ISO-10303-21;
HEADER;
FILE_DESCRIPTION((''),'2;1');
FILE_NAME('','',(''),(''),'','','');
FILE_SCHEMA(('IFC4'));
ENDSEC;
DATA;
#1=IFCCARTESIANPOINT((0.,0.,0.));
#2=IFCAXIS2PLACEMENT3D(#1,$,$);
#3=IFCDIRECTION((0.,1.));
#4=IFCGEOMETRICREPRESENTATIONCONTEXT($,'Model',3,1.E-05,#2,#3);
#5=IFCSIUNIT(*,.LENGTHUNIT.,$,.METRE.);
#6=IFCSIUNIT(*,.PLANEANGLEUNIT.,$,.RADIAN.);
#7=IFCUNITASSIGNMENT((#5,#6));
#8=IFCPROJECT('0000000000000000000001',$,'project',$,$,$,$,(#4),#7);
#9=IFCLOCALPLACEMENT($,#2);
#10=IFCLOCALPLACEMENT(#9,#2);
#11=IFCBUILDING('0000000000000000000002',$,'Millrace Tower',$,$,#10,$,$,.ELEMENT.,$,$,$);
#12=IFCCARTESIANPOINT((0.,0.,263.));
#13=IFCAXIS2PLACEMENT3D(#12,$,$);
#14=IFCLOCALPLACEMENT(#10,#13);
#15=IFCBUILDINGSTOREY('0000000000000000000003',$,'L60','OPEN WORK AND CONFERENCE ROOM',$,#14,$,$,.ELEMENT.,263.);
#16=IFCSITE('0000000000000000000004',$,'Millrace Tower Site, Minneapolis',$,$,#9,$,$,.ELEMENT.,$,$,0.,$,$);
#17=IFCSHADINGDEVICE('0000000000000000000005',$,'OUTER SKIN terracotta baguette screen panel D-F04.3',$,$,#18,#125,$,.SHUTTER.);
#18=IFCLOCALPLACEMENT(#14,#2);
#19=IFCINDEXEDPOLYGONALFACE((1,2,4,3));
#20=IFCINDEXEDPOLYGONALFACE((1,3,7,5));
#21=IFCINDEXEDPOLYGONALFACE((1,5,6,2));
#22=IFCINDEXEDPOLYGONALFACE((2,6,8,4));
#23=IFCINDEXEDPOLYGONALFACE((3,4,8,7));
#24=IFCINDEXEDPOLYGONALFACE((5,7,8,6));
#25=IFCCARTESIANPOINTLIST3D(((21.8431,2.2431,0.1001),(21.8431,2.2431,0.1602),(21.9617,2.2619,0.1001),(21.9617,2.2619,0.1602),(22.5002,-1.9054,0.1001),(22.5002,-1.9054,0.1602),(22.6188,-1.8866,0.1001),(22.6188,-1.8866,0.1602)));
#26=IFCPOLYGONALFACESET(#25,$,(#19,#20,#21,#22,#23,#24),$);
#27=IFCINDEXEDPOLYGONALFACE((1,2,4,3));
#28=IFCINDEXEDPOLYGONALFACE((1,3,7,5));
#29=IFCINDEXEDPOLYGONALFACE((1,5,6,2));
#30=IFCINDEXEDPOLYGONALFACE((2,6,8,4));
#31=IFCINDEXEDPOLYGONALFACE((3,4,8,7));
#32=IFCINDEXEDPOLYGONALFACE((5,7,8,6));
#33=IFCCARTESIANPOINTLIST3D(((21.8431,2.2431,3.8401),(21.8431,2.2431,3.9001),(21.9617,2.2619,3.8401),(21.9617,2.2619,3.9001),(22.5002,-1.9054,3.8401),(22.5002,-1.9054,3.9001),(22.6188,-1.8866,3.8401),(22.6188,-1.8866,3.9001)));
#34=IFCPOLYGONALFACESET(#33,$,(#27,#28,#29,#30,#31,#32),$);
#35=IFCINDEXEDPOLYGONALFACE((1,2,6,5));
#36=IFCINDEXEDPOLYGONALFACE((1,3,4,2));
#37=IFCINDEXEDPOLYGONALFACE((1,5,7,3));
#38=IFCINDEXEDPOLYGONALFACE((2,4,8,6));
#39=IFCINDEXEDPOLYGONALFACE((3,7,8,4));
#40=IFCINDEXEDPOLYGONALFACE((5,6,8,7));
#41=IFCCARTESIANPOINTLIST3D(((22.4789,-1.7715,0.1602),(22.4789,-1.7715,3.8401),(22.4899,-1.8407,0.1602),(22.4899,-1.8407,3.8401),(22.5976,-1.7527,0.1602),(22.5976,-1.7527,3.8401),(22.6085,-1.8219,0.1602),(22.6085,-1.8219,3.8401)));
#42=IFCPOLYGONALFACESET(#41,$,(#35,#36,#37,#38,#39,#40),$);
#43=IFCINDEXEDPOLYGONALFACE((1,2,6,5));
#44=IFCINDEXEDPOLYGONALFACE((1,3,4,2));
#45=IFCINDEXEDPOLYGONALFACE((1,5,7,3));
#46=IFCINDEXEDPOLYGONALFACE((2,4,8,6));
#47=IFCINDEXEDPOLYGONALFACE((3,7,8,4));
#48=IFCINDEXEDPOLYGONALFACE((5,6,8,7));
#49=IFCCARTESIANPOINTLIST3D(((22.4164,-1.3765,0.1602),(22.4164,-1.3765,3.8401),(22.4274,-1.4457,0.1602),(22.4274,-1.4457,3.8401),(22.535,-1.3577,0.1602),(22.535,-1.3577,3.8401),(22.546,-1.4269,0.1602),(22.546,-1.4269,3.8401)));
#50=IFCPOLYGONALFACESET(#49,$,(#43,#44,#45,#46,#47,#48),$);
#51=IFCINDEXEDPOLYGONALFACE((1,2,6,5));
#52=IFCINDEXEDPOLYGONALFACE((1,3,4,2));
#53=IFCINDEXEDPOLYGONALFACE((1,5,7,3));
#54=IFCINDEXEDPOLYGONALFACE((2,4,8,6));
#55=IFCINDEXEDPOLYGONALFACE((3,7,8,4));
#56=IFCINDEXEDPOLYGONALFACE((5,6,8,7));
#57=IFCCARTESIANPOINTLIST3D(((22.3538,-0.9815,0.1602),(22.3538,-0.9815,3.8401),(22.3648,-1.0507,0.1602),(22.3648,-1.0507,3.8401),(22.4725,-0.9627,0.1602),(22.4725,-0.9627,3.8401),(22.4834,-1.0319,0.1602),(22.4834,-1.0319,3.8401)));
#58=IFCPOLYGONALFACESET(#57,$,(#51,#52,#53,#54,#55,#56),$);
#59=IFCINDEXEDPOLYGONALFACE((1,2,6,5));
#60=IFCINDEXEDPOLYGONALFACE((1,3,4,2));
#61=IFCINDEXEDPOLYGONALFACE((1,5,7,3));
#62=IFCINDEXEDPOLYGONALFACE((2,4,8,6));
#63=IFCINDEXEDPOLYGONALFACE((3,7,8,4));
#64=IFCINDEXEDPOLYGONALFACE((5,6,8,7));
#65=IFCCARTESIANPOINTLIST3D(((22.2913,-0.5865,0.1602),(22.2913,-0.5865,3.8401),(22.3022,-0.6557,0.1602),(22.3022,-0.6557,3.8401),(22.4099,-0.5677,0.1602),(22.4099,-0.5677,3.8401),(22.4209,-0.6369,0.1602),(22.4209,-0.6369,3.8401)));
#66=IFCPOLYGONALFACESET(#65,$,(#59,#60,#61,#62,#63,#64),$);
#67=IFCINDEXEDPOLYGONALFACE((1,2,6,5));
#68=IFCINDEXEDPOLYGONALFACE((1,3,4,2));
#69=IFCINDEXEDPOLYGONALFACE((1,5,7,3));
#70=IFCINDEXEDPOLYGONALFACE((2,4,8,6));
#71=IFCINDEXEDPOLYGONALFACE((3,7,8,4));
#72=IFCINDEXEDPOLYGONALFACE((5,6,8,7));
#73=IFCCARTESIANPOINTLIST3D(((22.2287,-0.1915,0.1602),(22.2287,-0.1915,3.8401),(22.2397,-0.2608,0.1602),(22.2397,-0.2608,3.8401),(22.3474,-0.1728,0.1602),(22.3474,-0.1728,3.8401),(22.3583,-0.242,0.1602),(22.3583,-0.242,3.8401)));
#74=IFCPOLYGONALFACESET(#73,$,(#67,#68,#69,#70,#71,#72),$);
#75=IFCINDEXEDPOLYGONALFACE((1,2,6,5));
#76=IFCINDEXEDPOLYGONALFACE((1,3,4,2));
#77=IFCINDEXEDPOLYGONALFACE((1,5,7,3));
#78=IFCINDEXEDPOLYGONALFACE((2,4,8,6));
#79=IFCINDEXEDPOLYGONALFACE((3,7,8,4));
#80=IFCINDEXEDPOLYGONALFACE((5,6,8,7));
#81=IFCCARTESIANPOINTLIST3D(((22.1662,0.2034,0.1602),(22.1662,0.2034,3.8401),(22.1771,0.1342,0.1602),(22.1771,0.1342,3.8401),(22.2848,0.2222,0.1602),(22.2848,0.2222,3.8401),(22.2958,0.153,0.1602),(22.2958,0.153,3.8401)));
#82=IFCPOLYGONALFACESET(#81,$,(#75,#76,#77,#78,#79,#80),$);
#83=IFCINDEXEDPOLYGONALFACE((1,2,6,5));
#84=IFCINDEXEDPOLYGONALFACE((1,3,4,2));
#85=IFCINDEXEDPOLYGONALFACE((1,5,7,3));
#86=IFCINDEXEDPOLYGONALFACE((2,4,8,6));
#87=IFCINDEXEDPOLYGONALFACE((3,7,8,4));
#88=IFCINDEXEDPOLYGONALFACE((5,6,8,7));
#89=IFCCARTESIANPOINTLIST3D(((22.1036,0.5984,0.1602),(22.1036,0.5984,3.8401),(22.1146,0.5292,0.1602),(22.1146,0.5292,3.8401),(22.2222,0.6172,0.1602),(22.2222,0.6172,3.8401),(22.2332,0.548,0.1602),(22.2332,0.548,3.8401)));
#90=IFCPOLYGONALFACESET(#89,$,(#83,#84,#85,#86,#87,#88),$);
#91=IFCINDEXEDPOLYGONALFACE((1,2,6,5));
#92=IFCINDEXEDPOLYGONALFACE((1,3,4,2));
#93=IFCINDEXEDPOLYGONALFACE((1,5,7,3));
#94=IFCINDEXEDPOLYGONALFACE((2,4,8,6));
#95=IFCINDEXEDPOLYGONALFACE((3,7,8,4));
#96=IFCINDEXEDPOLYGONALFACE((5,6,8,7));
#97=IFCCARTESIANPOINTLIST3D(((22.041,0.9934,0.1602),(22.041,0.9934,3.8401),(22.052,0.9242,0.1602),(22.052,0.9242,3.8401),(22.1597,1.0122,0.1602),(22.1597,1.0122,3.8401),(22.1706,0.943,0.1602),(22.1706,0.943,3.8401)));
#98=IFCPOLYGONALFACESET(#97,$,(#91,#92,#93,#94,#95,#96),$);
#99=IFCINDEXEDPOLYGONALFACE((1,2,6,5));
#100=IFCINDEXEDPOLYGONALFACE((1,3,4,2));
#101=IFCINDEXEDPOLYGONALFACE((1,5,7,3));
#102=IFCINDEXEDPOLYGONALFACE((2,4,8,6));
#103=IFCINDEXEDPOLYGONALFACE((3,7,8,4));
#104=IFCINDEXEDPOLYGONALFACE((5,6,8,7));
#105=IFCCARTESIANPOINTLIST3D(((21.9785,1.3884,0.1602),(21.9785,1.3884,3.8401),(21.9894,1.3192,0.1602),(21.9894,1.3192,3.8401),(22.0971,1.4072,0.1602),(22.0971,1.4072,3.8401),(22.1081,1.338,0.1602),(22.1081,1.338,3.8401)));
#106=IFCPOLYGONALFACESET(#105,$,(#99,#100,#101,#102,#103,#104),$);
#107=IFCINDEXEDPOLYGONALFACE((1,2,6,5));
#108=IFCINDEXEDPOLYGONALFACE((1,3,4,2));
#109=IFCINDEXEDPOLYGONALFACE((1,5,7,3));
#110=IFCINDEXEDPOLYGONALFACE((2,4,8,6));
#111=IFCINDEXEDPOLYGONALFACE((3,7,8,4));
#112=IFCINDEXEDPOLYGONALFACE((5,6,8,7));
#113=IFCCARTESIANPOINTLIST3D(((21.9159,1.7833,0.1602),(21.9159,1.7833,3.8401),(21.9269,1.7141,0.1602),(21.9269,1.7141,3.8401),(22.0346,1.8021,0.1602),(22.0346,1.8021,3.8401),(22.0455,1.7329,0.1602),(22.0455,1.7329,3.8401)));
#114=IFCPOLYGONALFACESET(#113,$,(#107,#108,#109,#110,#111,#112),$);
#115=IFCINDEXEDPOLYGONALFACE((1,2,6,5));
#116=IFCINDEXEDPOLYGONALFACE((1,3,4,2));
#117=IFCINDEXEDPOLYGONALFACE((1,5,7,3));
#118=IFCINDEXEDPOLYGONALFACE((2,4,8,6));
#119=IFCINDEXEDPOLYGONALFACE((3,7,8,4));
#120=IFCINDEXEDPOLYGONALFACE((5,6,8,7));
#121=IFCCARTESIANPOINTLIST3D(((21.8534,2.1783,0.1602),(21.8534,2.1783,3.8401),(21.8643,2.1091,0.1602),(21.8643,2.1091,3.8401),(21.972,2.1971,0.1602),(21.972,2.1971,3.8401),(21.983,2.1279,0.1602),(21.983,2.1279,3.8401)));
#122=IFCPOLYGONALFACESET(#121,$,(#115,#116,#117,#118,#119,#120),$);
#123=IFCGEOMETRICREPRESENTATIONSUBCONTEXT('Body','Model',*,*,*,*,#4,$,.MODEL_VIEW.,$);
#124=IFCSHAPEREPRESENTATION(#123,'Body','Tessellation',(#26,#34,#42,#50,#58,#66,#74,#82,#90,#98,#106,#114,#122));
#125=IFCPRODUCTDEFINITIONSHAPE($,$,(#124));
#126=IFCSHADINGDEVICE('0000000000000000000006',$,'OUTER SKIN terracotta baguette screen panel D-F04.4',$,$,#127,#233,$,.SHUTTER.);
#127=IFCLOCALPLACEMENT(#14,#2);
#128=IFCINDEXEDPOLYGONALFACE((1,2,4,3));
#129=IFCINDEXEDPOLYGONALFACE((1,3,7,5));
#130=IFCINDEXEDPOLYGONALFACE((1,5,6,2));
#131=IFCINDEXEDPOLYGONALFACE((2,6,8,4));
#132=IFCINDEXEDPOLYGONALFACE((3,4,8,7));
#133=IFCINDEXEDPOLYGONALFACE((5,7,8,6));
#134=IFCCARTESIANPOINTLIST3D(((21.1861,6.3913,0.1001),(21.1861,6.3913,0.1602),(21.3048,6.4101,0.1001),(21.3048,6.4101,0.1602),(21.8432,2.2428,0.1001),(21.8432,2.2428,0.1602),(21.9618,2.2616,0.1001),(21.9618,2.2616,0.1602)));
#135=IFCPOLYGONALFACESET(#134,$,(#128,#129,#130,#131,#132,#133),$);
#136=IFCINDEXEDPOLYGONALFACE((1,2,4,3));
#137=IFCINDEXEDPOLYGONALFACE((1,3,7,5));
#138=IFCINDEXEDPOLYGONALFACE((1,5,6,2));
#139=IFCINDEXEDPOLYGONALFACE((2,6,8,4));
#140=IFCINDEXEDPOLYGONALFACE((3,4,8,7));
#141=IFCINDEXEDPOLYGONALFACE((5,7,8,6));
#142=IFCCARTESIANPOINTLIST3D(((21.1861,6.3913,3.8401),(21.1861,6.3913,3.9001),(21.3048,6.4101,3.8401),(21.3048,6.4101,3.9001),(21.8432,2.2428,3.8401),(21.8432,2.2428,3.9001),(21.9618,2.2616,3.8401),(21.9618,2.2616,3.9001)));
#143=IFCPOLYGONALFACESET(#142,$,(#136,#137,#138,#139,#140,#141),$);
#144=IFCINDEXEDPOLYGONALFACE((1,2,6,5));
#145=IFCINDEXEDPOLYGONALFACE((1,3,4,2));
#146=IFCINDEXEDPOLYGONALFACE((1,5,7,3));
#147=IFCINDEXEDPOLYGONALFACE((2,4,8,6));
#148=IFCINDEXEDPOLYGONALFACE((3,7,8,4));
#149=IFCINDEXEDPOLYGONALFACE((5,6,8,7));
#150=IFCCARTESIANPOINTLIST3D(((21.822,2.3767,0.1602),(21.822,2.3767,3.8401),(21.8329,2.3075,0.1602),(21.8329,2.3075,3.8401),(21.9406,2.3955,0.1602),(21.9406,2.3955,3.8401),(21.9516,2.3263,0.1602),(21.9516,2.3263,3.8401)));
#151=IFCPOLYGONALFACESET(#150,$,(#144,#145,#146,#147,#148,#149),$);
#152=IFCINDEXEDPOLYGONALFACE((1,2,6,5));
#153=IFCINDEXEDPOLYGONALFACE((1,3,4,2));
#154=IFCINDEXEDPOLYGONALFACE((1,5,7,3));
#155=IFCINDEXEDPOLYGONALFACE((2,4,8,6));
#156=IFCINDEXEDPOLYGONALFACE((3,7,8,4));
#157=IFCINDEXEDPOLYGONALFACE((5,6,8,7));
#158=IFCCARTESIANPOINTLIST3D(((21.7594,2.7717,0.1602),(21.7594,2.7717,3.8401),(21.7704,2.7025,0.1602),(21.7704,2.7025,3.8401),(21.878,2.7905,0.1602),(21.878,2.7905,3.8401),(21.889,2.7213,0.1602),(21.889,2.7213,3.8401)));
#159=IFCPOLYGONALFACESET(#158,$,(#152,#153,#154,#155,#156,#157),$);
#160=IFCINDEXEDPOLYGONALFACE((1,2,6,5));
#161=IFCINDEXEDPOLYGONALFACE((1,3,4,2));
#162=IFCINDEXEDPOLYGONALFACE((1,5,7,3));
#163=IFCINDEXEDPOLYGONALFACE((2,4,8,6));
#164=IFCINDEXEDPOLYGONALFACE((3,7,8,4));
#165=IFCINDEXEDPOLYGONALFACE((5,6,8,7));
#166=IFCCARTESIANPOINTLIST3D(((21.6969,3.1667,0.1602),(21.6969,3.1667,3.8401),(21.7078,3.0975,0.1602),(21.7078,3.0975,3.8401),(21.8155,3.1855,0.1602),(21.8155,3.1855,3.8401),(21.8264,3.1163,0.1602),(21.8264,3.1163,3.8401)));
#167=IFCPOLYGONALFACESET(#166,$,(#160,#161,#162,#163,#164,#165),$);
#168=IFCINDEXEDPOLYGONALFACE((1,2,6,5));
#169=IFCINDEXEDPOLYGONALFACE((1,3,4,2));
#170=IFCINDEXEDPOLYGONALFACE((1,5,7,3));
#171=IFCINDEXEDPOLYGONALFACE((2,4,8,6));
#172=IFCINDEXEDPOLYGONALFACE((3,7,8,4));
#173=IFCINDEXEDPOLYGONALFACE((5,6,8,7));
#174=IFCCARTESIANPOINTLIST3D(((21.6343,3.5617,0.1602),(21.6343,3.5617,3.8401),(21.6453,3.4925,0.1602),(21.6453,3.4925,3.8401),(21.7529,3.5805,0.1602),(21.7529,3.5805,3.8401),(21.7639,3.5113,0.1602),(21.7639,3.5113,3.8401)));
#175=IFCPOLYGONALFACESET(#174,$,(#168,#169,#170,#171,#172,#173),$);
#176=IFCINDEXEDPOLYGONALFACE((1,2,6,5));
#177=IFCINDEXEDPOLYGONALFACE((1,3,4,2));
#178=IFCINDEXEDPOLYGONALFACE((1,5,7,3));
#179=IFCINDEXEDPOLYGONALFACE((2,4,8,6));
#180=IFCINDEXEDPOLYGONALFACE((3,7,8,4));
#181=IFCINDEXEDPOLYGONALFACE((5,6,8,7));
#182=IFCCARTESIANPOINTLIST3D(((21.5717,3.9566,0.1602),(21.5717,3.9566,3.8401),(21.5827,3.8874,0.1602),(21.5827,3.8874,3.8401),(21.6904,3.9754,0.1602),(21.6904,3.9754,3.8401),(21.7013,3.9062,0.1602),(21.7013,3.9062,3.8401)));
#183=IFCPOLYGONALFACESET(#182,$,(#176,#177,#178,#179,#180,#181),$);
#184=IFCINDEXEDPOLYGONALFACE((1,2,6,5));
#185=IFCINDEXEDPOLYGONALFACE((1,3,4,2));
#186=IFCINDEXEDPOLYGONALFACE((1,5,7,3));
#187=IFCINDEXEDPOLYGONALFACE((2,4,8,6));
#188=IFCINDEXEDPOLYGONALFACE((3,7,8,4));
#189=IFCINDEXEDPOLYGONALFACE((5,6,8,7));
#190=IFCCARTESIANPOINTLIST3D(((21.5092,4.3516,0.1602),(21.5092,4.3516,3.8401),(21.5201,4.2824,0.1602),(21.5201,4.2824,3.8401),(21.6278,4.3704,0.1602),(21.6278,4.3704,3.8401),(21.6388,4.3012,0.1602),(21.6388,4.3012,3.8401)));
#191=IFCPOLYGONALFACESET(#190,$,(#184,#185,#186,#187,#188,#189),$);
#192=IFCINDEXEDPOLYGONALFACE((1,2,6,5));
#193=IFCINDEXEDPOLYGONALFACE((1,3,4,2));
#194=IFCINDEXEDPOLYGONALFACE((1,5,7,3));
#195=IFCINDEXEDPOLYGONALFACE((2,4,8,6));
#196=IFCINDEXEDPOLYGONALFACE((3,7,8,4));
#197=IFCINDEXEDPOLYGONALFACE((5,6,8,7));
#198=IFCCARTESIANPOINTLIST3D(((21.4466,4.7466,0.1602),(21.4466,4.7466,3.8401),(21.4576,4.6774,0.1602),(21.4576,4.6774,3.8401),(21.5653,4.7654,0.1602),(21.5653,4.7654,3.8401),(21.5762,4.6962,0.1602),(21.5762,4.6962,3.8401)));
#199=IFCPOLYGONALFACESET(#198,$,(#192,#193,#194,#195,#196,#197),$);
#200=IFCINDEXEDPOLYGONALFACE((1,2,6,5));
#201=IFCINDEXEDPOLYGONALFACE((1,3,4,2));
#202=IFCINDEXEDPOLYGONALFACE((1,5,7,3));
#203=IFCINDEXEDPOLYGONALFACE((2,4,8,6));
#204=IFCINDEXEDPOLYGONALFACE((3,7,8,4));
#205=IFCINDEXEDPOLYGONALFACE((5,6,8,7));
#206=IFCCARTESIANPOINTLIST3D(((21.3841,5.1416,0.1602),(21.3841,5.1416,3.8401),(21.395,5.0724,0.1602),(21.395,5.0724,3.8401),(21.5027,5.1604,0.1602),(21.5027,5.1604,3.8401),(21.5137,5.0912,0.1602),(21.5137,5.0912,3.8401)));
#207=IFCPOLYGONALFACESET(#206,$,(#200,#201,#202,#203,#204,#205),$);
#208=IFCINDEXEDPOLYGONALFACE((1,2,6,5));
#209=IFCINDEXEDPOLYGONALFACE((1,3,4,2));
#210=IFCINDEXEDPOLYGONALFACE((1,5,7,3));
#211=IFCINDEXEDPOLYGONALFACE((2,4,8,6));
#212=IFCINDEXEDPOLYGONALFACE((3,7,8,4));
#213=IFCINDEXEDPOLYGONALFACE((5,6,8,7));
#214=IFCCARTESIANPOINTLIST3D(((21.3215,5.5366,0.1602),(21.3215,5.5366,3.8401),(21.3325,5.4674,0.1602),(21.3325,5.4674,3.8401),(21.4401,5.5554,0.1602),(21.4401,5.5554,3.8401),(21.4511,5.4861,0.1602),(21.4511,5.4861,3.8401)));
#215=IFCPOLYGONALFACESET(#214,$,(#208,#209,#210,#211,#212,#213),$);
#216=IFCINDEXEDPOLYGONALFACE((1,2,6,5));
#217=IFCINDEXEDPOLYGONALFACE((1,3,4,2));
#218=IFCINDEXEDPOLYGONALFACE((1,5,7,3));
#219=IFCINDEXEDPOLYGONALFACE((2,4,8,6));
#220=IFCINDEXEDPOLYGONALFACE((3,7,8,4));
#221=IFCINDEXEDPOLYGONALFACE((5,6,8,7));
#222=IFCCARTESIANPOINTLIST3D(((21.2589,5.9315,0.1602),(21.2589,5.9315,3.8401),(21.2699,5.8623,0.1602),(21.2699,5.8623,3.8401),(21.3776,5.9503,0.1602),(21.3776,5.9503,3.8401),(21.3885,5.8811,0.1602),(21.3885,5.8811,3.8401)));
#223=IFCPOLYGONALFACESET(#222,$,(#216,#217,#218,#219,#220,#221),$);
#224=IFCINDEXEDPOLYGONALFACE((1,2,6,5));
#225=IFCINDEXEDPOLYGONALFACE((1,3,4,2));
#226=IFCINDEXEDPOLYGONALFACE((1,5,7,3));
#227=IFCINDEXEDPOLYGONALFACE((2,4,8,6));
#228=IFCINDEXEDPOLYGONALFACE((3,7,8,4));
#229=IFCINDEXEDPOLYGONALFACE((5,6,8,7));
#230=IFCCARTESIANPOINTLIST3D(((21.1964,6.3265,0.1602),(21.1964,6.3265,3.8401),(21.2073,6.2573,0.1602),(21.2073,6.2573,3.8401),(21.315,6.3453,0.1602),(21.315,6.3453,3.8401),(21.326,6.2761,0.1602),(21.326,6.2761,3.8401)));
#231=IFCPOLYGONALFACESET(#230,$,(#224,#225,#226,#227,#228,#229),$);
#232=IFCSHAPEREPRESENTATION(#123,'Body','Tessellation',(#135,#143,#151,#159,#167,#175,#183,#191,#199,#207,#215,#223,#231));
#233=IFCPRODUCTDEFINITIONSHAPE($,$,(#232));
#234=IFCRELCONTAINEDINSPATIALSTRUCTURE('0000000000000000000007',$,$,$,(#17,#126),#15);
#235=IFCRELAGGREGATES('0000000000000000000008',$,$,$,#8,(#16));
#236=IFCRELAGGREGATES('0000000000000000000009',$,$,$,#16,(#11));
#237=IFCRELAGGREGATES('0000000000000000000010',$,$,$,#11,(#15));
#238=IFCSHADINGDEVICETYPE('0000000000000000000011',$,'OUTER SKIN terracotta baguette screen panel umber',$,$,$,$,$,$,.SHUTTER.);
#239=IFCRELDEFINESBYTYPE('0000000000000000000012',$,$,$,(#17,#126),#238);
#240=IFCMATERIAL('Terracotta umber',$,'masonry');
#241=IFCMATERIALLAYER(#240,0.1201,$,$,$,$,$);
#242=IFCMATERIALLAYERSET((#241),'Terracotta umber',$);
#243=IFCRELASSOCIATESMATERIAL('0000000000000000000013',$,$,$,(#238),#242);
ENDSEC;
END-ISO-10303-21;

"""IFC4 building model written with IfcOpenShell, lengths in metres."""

from ifc_helpers import new_model, entity, si_unit, direction, frame, frame_2d, origin, origin_2d, place, context, subcontext, project, spatial, rectangle, extrude, source, transform, mapped, material, layer, layer_set, type_object, element, save


model = new_model("IFC4")

# Units and contexts
model_context = context("Model", 3, precision=1e-05, world=origin(), true_north=direction((0.0, 1.0)))
body_context = subcontext(model_context, "Body", "Model", "MODEL_VIEW")
ifc_project = project(units=[si_unit("LENGTHUNIT", "METRE"), si_unit("PLANEANGLEUNIT", "RADIAN")], contexts=[model_context])

# Site, building, storey
site_placement = place(None, origin())
site = spatial("IfcSite", under=ifc_project, at=site_placement, Name="Millrace Tower Site, Minneapolis", CompositionType="ELEMENT", RefElevation=0.0)
building_placement = place(site_placement, origin())
building = spatial("IfcBuilding", under=site, at=building_placement, Name="Millrace Tower", CompositionType="ELEMENT")
storey_placement = place(building_placement, frame((0.0, 0.0, 263.0)))
storey = spatial("IfcBuildingStorey", under=building, at=storey_placement, Name="L60", Description="OPEN WORK AND CONFERENCE ROOM", CompositionType="ELEMENT", Elevation=263.0)

# Shading devices
ifc_material_1 = material(Name="Terracotta umber", Category="masonry")
ifc_layer_1 = layer(ifc_material_1, 0.1201)
ifc_layer_set_1 = layer_set([ifc_layer_1], Name="Terracotta umber")
shading_device_type = type_object("IfcShadingDeviceType", Name="OUTER SKIN terracotta baguette screen panel umber", PredefinedType="SHUTTER", material=ifc_layer_set_1)
cartesian_point = entity("IfcCartesianPoint", [-2.1001, 0.0601])
shared_polyline = entity("IfcPolyline", [cartesian_point, entity("IfcCartesianPoint", [2.1001, 0.0601]), entity("IfcCartesianPoint", [2.1001, -0.0601]), entity("IfcCartesianPoint", [-2.1001, -0.0601]), cartesian_point])
shared_shape = source(origin(), body_context, "Body", "SweptSolid", [
    entity("IfcExtrudedAreaSolid", entity("IfcArbitraryClosedProfileDef", "AREA", None, shared_polyline), entity("IfcAxis2Placement3D", entity("IfcCartesianPoint", [0.0, 0.0, 0.0])), entity("IfcDirection", [0.0, 0.0, 1.0]), 0.0601),
    entity("IfcExtrudedAreaSolid", entity("IfcArbitraryClosedProfileDef", "AREA", None, shared_polyline), entity("IfcAxis2Placement3D", entity("IfcCartesianPoint", [0.0, 0.0, 3.74])), entity("IfcDirection", [0.0, 0.0, 1.0]), 0.0601),
    extrude(rectangle(XDim=0.0701, YDim=0.1201, at=frame_2d((-1.9995, 0.0))), frame((0.0, 0.0, 0.0601)), (0.0, 0.0, 1.0), 3.6799),
    extrude(rectangle(XDim=0.0701, YDim=0.1201, at=frame_2d((-1.5996, 0.0))), frame((0.0, 0.0, 0.0601)), (0.0, 0.0, 1.0), 3.6799),
    extrude(rectangle(XDim=0.0701, YDim=0.1201, at=frame_2d((-1.1997, 0.0))), frame((0.0, 0.0, 0.0601)), (0.0, 0.0, 1.0), 3.6799),
    extrude(rectangle(XDim=0.0701, YDim=0.1201, at=frame_2d((-0.7998, 0.0))), frame((0.0, 0.0, 0.0601)), (0.0, 0.0, 1.0), 3.6799),
    extrude(rectangle(XDim=0.0701, YDim=0.1201, at=frame_2d((-0.3999, 0.0))), frame((0.0, 0.0, 0.0601)), (0.0, 0.0, 1.0), 3.6799),
    extrude(rectangle(XDim=0.0701, YDim=0.1201, at=origin_2d()), frame((0.0, 0.0, 0.0601)), (0.0, 0.0, 1.0), 3.6799),
    extrude(rectangle(XDim=0.0701, YDim=0.1201, at=frame_2d((0.3999, 0.0))), frame((0.0, 0.0, 0.0601)), (0.0, 0.0, 1.0), 3.6799),
    extrude(rectangle(XDim=0.0701, YDim=0.1201, at=frame_2d((0.7998, 0.0))), frame((0.0, 0.0, 0.0601)), (0.0, 0.0, 1.0), 3.6799),
    extrude(rectangle(XDim=0.0701, YDim=0.1201, at=frame_2d((1.1997, 0.0))), frame((0.0, 0.0, 0.0601)), (0.0, 0.0, 1.0), 3.6799),
    extrude(rectangle(XDim=0.0701, YDim=0.1201, at=frame_2d((1.5996, 0.0))), frame((0.0, 0.0, 0.0601)), (0.0, 0.0, 1.0), 3.6799),
    extrude(rectangle(XDim=0.0701, YDim=0.1201, at=frame_2d((1.9995, 0.0))), frame((0.0, 0.0, 0.0601)), (0.0, 0.0, 1.0), 3.6799),
])
for number, where, z_axis, x_axis, name in (
    (1, (22.231, 0.1782, 0.1001), (0.0, 0.0, 1.0), (-0.156434, 0.987688, 0.0), "OUTER SKIN terracotta baguette screen panel D-F04.3"),
    (2, (21.574, 4.3264, 0.1001), (0.0, 0.0, 1.0), (-0.156434, 0.987688, 0.0), "OUTER SKIN terracotta baguette screen panel D-F04.4"),
):
    element("IfcShadingDevice", number, at=place(storey_placement, frame(where, z_axis=z_axis, x_axis=x_axis)), inside=storey, type_object=shading_device_type, Name=name, PredefinedType="SHUTTER", context=body_context, shape_type="MappedRepresentation", body=[
        mapped(shared_shape, transform((0.0, 0.0, 0.0), scale=1.0)),
    ])

save(model, "model.ifc")
